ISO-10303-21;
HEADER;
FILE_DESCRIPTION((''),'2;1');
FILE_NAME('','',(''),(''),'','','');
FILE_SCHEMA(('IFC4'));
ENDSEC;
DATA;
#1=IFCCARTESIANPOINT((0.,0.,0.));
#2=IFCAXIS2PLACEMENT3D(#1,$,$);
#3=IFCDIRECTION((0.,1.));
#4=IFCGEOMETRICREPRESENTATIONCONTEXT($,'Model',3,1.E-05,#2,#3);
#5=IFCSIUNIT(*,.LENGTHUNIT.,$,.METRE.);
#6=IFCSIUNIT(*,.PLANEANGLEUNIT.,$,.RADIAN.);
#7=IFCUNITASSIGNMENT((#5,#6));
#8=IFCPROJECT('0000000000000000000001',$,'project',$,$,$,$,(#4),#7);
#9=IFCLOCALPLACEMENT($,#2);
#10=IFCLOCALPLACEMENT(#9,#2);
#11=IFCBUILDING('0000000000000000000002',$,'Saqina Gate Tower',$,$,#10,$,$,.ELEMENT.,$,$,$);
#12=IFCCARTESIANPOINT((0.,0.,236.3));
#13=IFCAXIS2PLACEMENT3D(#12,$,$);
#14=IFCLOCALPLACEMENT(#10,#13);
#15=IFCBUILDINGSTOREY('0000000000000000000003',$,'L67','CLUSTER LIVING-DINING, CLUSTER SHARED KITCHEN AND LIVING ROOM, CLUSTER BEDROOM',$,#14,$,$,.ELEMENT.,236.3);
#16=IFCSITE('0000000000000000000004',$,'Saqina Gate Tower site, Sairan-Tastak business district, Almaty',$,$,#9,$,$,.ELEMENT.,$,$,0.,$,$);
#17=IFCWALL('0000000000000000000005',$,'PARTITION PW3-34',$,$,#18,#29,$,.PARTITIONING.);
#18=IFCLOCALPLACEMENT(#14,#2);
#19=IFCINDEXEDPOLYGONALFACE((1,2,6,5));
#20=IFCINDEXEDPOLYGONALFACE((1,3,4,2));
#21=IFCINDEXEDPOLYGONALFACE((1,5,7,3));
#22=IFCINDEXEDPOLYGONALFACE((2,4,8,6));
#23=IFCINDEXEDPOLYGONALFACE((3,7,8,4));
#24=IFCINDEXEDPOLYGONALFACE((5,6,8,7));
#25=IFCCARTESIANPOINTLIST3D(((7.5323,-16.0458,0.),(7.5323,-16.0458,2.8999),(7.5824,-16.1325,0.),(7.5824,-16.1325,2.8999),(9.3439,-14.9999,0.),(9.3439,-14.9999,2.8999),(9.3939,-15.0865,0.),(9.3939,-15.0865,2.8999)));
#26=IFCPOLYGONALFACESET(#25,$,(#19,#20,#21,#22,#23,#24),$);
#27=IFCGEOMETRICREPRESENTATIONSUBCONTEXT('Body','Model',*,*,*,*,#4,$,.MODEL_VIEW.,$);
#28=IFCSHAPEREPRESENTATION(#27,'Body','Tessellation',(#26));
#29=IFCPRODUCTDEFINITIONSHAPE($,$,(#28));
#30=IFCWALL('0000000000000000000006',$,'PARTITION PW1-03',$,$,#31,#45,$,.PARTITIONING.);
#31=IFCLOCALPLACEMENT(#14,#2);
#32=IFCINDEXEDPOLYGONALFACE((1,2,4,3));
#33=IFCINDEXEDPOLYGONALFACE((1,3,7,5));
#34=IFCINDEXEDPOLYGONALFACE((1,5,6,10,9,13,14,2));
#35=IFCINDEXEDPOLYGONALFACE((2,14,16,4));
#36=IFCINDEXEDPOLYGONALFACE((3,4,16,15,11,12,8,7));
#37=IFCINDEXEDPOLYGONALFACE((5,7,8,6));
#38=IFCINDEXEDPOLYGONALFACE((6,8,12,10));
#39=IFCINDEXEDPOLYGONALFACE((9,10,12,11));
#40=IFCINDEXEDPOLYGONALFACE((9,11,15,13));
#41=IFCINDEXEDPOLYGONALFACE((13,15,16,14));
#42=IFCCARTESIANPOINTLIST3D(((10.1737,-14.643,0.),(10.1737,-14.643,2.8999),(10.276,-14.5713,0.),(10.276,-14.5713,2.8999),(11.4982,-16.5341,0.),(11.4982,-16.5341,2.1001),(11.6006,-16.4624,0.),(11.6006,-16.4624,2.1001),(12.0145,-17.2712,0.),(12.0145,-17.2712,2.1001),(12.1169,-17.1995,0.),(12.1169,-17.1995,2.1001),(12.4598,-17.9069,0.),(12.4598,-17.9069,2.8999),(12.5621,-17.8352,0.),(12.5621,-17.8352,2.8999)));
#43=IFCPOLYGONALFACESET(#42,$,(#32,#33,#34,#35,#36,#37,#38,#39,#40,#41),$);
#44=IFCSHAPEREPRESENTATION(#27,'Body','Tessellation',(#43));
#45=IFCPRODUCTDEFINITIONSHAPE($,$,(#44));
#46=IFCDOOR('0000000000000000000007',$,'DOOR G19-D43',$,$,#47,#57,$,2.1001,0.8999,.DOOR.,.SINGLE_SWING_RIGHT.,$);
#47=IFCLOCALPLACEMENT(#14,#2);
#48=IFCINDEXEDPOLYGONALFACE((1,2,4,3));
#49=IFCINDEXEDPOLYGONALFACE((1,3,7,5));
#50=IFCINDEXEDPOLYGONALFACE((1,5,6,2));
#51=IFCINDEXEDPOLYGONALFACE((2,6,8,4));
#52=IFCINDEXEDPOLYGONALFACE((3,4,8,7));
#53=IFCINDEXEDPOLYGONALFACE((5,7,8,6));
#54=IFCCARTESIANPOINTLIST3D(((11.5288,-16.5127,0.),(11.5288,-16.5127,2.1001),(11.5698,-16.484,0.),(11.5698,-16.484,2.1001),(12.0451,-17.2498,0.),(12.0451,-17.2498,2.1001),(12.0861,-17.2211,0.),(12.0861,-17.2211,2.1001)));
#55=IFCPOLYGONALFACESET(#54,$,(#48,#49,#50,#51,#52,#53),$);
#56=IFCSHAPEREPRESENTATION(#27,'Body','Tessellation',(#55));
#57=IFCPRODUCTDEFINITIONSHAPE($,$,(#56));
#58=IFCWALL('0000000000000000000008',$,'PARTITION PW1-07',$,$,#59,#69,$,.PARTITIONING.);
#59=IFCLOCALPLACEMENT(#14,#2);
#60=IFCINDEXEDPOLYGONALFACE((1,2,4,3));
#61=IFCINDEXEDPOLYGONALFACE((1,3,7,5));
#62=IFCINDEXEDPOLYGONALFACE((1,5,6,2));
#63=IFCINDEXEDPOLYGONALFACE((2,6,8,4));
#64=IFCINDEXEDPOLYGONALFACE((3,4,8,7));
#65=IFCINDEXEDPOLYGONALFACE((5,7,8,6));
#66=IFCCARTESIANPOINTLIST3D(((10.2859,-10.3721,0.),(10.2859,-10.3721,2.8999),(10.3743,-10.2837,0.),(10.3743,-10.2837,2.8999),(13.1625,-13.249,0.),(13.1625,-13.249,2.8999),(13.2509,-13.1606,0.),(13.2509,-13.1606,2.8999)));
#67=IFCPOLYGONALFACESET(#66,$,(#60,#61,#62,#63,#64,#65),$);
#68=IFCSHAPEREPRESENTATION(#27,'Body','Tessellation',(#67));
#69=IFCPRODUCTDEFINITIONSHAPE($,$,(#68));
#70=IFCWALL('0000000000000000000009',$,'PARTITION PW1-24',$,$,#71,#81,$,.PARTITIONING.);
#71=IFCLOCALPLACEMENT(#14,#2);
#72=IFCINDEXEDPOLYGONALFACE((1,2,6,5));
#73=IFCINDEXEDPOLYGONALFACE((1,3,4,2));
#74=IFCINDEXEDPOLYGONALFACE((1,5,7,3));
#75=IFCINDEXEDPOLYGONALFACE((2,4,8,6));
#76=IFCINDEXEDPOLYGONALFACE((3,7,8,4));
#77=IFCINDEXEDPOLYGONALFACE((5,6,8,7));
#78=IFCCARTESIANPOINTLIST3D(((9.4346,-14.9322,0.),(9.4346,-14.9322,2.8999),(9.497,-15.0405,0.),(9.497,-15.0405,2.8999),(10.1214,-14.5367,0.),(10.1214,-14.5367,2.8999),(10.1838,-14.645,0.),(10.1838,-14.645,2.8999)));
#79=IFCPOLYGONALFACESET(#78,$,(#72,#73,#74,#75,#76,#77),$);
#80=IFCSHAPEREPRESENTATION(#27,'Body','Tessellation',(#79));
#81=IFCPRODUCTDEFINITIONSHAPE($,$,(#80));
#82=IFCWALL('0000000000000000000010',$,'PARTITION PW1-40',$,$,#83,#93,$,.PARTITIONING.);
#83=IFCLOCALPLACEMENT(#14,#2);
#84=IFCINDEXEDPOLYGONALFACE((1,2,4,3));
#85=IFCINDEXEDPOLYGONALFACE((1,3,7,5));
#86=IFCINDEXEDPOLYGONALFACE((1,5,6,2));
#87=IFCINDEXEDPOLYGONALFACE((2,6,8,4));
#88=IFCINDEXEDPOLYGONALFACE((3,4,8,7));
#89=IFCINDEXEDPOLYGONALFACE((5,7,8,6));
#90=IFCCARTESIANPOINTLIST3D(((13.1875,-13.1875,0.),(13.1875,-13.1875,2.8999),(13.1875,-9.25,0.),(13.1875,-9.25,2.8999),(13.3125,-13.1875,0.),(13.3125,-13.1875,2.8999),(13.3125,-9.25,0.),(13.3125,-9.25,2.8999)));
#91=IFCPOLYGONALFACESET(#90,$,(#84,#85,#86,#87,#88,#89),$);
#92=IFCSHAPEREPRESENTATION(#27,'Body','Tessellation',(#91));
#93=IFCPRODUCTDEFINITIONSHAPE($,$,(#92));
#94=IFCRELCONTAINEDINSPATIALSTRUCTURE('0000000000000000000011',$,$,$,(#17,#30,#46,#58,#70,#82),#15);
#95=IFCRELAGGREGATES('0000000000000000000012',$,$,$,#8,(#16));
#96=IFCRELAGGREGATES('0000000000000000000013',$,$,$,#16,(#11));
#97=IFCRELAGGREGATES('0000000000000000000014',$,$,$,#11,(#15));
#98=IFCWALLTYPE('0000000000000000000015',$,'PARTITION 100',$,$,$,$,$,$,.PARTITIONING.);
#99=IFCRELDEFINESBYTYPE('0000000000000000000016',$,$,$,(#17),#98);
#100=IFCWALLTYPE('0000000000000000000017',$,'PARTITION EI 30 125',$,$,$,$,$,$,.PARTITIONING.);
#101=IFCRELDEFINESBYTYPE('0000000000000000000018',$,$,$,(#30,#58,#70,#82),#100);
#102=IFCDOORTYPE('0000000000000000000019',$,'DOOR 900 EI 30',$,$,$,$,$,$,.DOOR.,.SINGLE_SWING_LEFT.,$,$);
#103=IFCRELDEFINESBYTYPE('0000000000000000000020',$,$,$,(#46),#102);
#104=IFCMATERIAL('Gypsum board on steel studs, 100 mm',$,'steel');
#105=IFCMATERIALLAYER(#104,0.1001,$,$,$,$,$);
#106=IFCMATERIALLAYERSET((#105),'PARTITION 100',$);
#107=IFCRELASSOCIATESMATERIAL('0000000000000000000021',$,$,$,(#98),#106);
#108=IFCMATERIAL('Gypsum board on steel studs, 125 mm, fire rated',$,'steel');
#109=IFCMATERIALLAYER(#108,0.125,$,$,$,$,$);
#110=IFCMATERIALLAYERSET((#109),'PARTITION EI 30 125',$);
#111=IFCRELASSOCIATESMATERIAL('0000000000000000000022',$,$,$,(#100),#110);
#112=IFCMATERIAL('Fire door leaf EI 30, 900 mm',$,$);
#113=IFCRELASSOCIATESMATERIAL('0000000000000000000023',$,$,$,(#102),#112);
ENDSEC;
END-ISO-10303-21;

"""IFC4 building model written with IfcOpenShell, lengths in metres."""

from ifc_helpers import new_model, si_unit, direction, frame, frame_2d, origin, place, context, subcontext, project, spatial, rectangle, extrude, material, layer, layer_set, type_object, element, fill, save


model = new_model("IFC4")

# Units and contexts
model_context = context("Model", 3, precision=1e-05, world=origin(), true_north=direction((0.0, 1.0)))
body_context = subcontext(model_context, "Body", "Model", "MODEL_VIEW")
ifc_project = project(units=[si_unit("LENGTHUNIT", "METRE"), si_unit("PLANEANGLEUNIT", "RADIAN")], contexts=[model_context])

# Site, building, storey
site_placement = place(None, origin())
site = spatial("IfcSite", under=ifc_project, at=site_placement, Name="Saqina Gate Tower site, Sairan-Tastak business district, Almaty", CompositionType="ELEMENT", RefElevation=0.0)
building_placement = place(site_placement, origin())
building = spatial("IfcBuilding", under=site, at=building_placement, Name="Saqina Gate Tower", CompositionType="ELEMENT")
storey_placement = place(building_placement, frame((0.0, 0.0, 236.3)))
storey = spatial("IfcBuildingStorey", under=building, at=storey_placement, Name="L67", Description="CLUSTER LIVING-DINING, CLUSTER SHARED KITCHEN AND LIVING ROOM, CLUSTER BEDROOM", CompositionType="ELEMENT", Elevation=236.3)

# Shared definitions
ifc_material_1 = material(Name="Gypsum board on steel studs, 100 mm", Category="steel")
ifc_layer_1 = layer(ifc_material_1, 0.1001)
ifc_layer_set_1 = layer_set([ifc_layer_1], Name="PARTITION 100")
wall_type_1 = type_object("IfcWallType", Name="PARTITION 100", PredefinedType="PARTITIONING", material=ifc_layer_set_1)

# Wall
wall_1_placement = place(storey_placement, frame((7.5574, -16.0891, 0.0), z_axis=(0.0, 0.0, 1.0), x_axis=(0.866022, 0.500005, 0.0)))
element("IfcWall", 1, at=wall_1_placement, inside=storey, type_object=wall_type_1, Name="PARTITION PW3-34", PredefinedType="PARTITIONING", context=body_context, shape_type="SweptSolid", body=[
    extrude(rectangle(XDim=2.0918, YDim=0.1001, at=frame_2d((1.0459, 0.0))), origin(), (0.0, 0.0, 1.0), 2.8999),
])

# Wall, opening, door
ifc_material_2 = material(Name="Gypsum board on steel studs, 125 mm, fire rated", Category="steel")
ifc_layer_2 = layer(ifc_material_2, 0.125)
ifc_layer_set_2 = layer_set([ifc_layer_2], Name="PARTITION EI 30 125")
wall_type_2 = type_object("IfcWallType", Name="PARTITION EI 30 125", PredefinedType="PARTITIONING", material=ifc_layer_set_2)
wall_2_placement = place(storey_placement, frame((10.2249, -14.6072, 0.0), z_axis=(0.0, 0.0, 1.0), x_axis=(0.573697, -0.819068, 0.0)))
wall_2 = element("IfcWall", 2, at=wall_2_placement, inside=storey, type_object=wall_type_2, Name="PARTITION PW1-03", PredefinedType="PARTITIONING", context=body_context, shape_type="SweptSolid", body=[
    extrude(rectangle(XDim=3.9849, YDim=0.125, at=frame_2d((1.9924, 0.0))), origin(), (0.0, 0.0, 1.0), 2.8999),
])
opening_1_placement = place(wall_2_placement, frame((2.3088, 0.0, 0.0)))
opening_1 = element("IfcOpeningElement", 3, at=opening_1_placement, cuts=wall_2, PredefinedType="OPENING", context=body_context, shape_type="SweptSolid", body=[
    extrude(rectangle(XDim=0.8999, YDim=2.1001, at=frame_2d((0.45, 1.05))), frame((0.0, 0.0745, 0.0), z_axis=(0.0, -1.0, 0.0), x_axis=(1.0, 0.0, 0.0)), (0.0, 0.0, 1.0), 0.1489),
])
ifc_material_3 = material(Name="Fire door leaf EI 30, 900 mm")
door_type_1 = type_object("IfcDoorType", Name="DOOR 900 EI 30", OperationType="SINGLE_SWING_LEFT", PredefinedType="DOOR", material=ifc_material_3)
door_1_placement = place(opening_1_placement, origin())
door_1 = element("IfcDoor", 4, at=door_1_placement, inside=storey, type_object=door_type_1, Name="DOOR G19-D43", OperationType="SINGLE_SWING_RIGHT", OverallHeight=2.1001, OverallWidth=0.8999, PredefinedType="DOOR", context=body_context, shape_type="SweptSolid", body=[
    extrude(rectangle(XDim=0.8999, YDim=2.1001, at=frame_2d((0.45, 1.05))), frame((0.0, 0.0249, 0.0), z_axis=(0.0, -1.0, 0.0), x_axis=(1.0, 0.0, 0.0)), (0.0, 0.0, 1.0), 0.05),
])
fill(opening_1, door_1)

# Walls
wall_3_placement = place(storey_placement, frame((10.3301, -10.3279, 0.0), z_axis=(0.0, 0.0, 1.0), x_axis=(0.707077, -0.707137, 0.0)))
element("IfcWall", 5, at=wall_3_placement, inside=storey, type_object=wall_type_2, Name="PARTITION PW1-07", PredefinedType="PARTITIONING", context=body_context, shape_type="SweptSolid", body=[
    extrude(rectangle(XDim=4.0684, YDim=0.125, at=frame_2d((2.0342, 0.0))), origin(), (0.0, 0.0, 1.0), 2.8999),
])
wall_4_placement = place(storey_placement, frame((9.4658, -14.9863, 0.0), z_axis=(0.0, 0.0, 1.0), x_axis=(0.86657, 0.499056, 0.0)))
element("IfcWall", 6, at=wall_4_placement, inside=storey, type_object=wall_type_2, Name="PARTITION PW1-24", PredefinedType="PARTITIONING", context=body_context, shape_type="SweptSolid", body=[
    extrude(rectangle(XDim=0.7925, YDim=0.125, at=frame_2d((0.3962, 0.0))), origin(), (0.0, 0.0, 1.0), 2.8999),
])
wall_5_placement = place(storey_placement, frame((13.25, -13.1875, 0.0), z_axis=(0.0, 0.0, 1.0), x_axis=(0.0, 1.0, 0.0)))
element("IfcWall", 7, at=wall_5_placement, inside=storey, type_object=wall_type_2, Name="PARTITION PW1-40", PredefinedType="PARTITIONING", context=body_context, shape_type="SweptSolid", body=[
    extrude(rectangle(XDim=3.9375, YDim=0.125, at=frame_2d((1.9688, 0.0))), origin(), (0.0, 0.0, 1.0), 2.8999),
])

save(model, "model.ifc")
